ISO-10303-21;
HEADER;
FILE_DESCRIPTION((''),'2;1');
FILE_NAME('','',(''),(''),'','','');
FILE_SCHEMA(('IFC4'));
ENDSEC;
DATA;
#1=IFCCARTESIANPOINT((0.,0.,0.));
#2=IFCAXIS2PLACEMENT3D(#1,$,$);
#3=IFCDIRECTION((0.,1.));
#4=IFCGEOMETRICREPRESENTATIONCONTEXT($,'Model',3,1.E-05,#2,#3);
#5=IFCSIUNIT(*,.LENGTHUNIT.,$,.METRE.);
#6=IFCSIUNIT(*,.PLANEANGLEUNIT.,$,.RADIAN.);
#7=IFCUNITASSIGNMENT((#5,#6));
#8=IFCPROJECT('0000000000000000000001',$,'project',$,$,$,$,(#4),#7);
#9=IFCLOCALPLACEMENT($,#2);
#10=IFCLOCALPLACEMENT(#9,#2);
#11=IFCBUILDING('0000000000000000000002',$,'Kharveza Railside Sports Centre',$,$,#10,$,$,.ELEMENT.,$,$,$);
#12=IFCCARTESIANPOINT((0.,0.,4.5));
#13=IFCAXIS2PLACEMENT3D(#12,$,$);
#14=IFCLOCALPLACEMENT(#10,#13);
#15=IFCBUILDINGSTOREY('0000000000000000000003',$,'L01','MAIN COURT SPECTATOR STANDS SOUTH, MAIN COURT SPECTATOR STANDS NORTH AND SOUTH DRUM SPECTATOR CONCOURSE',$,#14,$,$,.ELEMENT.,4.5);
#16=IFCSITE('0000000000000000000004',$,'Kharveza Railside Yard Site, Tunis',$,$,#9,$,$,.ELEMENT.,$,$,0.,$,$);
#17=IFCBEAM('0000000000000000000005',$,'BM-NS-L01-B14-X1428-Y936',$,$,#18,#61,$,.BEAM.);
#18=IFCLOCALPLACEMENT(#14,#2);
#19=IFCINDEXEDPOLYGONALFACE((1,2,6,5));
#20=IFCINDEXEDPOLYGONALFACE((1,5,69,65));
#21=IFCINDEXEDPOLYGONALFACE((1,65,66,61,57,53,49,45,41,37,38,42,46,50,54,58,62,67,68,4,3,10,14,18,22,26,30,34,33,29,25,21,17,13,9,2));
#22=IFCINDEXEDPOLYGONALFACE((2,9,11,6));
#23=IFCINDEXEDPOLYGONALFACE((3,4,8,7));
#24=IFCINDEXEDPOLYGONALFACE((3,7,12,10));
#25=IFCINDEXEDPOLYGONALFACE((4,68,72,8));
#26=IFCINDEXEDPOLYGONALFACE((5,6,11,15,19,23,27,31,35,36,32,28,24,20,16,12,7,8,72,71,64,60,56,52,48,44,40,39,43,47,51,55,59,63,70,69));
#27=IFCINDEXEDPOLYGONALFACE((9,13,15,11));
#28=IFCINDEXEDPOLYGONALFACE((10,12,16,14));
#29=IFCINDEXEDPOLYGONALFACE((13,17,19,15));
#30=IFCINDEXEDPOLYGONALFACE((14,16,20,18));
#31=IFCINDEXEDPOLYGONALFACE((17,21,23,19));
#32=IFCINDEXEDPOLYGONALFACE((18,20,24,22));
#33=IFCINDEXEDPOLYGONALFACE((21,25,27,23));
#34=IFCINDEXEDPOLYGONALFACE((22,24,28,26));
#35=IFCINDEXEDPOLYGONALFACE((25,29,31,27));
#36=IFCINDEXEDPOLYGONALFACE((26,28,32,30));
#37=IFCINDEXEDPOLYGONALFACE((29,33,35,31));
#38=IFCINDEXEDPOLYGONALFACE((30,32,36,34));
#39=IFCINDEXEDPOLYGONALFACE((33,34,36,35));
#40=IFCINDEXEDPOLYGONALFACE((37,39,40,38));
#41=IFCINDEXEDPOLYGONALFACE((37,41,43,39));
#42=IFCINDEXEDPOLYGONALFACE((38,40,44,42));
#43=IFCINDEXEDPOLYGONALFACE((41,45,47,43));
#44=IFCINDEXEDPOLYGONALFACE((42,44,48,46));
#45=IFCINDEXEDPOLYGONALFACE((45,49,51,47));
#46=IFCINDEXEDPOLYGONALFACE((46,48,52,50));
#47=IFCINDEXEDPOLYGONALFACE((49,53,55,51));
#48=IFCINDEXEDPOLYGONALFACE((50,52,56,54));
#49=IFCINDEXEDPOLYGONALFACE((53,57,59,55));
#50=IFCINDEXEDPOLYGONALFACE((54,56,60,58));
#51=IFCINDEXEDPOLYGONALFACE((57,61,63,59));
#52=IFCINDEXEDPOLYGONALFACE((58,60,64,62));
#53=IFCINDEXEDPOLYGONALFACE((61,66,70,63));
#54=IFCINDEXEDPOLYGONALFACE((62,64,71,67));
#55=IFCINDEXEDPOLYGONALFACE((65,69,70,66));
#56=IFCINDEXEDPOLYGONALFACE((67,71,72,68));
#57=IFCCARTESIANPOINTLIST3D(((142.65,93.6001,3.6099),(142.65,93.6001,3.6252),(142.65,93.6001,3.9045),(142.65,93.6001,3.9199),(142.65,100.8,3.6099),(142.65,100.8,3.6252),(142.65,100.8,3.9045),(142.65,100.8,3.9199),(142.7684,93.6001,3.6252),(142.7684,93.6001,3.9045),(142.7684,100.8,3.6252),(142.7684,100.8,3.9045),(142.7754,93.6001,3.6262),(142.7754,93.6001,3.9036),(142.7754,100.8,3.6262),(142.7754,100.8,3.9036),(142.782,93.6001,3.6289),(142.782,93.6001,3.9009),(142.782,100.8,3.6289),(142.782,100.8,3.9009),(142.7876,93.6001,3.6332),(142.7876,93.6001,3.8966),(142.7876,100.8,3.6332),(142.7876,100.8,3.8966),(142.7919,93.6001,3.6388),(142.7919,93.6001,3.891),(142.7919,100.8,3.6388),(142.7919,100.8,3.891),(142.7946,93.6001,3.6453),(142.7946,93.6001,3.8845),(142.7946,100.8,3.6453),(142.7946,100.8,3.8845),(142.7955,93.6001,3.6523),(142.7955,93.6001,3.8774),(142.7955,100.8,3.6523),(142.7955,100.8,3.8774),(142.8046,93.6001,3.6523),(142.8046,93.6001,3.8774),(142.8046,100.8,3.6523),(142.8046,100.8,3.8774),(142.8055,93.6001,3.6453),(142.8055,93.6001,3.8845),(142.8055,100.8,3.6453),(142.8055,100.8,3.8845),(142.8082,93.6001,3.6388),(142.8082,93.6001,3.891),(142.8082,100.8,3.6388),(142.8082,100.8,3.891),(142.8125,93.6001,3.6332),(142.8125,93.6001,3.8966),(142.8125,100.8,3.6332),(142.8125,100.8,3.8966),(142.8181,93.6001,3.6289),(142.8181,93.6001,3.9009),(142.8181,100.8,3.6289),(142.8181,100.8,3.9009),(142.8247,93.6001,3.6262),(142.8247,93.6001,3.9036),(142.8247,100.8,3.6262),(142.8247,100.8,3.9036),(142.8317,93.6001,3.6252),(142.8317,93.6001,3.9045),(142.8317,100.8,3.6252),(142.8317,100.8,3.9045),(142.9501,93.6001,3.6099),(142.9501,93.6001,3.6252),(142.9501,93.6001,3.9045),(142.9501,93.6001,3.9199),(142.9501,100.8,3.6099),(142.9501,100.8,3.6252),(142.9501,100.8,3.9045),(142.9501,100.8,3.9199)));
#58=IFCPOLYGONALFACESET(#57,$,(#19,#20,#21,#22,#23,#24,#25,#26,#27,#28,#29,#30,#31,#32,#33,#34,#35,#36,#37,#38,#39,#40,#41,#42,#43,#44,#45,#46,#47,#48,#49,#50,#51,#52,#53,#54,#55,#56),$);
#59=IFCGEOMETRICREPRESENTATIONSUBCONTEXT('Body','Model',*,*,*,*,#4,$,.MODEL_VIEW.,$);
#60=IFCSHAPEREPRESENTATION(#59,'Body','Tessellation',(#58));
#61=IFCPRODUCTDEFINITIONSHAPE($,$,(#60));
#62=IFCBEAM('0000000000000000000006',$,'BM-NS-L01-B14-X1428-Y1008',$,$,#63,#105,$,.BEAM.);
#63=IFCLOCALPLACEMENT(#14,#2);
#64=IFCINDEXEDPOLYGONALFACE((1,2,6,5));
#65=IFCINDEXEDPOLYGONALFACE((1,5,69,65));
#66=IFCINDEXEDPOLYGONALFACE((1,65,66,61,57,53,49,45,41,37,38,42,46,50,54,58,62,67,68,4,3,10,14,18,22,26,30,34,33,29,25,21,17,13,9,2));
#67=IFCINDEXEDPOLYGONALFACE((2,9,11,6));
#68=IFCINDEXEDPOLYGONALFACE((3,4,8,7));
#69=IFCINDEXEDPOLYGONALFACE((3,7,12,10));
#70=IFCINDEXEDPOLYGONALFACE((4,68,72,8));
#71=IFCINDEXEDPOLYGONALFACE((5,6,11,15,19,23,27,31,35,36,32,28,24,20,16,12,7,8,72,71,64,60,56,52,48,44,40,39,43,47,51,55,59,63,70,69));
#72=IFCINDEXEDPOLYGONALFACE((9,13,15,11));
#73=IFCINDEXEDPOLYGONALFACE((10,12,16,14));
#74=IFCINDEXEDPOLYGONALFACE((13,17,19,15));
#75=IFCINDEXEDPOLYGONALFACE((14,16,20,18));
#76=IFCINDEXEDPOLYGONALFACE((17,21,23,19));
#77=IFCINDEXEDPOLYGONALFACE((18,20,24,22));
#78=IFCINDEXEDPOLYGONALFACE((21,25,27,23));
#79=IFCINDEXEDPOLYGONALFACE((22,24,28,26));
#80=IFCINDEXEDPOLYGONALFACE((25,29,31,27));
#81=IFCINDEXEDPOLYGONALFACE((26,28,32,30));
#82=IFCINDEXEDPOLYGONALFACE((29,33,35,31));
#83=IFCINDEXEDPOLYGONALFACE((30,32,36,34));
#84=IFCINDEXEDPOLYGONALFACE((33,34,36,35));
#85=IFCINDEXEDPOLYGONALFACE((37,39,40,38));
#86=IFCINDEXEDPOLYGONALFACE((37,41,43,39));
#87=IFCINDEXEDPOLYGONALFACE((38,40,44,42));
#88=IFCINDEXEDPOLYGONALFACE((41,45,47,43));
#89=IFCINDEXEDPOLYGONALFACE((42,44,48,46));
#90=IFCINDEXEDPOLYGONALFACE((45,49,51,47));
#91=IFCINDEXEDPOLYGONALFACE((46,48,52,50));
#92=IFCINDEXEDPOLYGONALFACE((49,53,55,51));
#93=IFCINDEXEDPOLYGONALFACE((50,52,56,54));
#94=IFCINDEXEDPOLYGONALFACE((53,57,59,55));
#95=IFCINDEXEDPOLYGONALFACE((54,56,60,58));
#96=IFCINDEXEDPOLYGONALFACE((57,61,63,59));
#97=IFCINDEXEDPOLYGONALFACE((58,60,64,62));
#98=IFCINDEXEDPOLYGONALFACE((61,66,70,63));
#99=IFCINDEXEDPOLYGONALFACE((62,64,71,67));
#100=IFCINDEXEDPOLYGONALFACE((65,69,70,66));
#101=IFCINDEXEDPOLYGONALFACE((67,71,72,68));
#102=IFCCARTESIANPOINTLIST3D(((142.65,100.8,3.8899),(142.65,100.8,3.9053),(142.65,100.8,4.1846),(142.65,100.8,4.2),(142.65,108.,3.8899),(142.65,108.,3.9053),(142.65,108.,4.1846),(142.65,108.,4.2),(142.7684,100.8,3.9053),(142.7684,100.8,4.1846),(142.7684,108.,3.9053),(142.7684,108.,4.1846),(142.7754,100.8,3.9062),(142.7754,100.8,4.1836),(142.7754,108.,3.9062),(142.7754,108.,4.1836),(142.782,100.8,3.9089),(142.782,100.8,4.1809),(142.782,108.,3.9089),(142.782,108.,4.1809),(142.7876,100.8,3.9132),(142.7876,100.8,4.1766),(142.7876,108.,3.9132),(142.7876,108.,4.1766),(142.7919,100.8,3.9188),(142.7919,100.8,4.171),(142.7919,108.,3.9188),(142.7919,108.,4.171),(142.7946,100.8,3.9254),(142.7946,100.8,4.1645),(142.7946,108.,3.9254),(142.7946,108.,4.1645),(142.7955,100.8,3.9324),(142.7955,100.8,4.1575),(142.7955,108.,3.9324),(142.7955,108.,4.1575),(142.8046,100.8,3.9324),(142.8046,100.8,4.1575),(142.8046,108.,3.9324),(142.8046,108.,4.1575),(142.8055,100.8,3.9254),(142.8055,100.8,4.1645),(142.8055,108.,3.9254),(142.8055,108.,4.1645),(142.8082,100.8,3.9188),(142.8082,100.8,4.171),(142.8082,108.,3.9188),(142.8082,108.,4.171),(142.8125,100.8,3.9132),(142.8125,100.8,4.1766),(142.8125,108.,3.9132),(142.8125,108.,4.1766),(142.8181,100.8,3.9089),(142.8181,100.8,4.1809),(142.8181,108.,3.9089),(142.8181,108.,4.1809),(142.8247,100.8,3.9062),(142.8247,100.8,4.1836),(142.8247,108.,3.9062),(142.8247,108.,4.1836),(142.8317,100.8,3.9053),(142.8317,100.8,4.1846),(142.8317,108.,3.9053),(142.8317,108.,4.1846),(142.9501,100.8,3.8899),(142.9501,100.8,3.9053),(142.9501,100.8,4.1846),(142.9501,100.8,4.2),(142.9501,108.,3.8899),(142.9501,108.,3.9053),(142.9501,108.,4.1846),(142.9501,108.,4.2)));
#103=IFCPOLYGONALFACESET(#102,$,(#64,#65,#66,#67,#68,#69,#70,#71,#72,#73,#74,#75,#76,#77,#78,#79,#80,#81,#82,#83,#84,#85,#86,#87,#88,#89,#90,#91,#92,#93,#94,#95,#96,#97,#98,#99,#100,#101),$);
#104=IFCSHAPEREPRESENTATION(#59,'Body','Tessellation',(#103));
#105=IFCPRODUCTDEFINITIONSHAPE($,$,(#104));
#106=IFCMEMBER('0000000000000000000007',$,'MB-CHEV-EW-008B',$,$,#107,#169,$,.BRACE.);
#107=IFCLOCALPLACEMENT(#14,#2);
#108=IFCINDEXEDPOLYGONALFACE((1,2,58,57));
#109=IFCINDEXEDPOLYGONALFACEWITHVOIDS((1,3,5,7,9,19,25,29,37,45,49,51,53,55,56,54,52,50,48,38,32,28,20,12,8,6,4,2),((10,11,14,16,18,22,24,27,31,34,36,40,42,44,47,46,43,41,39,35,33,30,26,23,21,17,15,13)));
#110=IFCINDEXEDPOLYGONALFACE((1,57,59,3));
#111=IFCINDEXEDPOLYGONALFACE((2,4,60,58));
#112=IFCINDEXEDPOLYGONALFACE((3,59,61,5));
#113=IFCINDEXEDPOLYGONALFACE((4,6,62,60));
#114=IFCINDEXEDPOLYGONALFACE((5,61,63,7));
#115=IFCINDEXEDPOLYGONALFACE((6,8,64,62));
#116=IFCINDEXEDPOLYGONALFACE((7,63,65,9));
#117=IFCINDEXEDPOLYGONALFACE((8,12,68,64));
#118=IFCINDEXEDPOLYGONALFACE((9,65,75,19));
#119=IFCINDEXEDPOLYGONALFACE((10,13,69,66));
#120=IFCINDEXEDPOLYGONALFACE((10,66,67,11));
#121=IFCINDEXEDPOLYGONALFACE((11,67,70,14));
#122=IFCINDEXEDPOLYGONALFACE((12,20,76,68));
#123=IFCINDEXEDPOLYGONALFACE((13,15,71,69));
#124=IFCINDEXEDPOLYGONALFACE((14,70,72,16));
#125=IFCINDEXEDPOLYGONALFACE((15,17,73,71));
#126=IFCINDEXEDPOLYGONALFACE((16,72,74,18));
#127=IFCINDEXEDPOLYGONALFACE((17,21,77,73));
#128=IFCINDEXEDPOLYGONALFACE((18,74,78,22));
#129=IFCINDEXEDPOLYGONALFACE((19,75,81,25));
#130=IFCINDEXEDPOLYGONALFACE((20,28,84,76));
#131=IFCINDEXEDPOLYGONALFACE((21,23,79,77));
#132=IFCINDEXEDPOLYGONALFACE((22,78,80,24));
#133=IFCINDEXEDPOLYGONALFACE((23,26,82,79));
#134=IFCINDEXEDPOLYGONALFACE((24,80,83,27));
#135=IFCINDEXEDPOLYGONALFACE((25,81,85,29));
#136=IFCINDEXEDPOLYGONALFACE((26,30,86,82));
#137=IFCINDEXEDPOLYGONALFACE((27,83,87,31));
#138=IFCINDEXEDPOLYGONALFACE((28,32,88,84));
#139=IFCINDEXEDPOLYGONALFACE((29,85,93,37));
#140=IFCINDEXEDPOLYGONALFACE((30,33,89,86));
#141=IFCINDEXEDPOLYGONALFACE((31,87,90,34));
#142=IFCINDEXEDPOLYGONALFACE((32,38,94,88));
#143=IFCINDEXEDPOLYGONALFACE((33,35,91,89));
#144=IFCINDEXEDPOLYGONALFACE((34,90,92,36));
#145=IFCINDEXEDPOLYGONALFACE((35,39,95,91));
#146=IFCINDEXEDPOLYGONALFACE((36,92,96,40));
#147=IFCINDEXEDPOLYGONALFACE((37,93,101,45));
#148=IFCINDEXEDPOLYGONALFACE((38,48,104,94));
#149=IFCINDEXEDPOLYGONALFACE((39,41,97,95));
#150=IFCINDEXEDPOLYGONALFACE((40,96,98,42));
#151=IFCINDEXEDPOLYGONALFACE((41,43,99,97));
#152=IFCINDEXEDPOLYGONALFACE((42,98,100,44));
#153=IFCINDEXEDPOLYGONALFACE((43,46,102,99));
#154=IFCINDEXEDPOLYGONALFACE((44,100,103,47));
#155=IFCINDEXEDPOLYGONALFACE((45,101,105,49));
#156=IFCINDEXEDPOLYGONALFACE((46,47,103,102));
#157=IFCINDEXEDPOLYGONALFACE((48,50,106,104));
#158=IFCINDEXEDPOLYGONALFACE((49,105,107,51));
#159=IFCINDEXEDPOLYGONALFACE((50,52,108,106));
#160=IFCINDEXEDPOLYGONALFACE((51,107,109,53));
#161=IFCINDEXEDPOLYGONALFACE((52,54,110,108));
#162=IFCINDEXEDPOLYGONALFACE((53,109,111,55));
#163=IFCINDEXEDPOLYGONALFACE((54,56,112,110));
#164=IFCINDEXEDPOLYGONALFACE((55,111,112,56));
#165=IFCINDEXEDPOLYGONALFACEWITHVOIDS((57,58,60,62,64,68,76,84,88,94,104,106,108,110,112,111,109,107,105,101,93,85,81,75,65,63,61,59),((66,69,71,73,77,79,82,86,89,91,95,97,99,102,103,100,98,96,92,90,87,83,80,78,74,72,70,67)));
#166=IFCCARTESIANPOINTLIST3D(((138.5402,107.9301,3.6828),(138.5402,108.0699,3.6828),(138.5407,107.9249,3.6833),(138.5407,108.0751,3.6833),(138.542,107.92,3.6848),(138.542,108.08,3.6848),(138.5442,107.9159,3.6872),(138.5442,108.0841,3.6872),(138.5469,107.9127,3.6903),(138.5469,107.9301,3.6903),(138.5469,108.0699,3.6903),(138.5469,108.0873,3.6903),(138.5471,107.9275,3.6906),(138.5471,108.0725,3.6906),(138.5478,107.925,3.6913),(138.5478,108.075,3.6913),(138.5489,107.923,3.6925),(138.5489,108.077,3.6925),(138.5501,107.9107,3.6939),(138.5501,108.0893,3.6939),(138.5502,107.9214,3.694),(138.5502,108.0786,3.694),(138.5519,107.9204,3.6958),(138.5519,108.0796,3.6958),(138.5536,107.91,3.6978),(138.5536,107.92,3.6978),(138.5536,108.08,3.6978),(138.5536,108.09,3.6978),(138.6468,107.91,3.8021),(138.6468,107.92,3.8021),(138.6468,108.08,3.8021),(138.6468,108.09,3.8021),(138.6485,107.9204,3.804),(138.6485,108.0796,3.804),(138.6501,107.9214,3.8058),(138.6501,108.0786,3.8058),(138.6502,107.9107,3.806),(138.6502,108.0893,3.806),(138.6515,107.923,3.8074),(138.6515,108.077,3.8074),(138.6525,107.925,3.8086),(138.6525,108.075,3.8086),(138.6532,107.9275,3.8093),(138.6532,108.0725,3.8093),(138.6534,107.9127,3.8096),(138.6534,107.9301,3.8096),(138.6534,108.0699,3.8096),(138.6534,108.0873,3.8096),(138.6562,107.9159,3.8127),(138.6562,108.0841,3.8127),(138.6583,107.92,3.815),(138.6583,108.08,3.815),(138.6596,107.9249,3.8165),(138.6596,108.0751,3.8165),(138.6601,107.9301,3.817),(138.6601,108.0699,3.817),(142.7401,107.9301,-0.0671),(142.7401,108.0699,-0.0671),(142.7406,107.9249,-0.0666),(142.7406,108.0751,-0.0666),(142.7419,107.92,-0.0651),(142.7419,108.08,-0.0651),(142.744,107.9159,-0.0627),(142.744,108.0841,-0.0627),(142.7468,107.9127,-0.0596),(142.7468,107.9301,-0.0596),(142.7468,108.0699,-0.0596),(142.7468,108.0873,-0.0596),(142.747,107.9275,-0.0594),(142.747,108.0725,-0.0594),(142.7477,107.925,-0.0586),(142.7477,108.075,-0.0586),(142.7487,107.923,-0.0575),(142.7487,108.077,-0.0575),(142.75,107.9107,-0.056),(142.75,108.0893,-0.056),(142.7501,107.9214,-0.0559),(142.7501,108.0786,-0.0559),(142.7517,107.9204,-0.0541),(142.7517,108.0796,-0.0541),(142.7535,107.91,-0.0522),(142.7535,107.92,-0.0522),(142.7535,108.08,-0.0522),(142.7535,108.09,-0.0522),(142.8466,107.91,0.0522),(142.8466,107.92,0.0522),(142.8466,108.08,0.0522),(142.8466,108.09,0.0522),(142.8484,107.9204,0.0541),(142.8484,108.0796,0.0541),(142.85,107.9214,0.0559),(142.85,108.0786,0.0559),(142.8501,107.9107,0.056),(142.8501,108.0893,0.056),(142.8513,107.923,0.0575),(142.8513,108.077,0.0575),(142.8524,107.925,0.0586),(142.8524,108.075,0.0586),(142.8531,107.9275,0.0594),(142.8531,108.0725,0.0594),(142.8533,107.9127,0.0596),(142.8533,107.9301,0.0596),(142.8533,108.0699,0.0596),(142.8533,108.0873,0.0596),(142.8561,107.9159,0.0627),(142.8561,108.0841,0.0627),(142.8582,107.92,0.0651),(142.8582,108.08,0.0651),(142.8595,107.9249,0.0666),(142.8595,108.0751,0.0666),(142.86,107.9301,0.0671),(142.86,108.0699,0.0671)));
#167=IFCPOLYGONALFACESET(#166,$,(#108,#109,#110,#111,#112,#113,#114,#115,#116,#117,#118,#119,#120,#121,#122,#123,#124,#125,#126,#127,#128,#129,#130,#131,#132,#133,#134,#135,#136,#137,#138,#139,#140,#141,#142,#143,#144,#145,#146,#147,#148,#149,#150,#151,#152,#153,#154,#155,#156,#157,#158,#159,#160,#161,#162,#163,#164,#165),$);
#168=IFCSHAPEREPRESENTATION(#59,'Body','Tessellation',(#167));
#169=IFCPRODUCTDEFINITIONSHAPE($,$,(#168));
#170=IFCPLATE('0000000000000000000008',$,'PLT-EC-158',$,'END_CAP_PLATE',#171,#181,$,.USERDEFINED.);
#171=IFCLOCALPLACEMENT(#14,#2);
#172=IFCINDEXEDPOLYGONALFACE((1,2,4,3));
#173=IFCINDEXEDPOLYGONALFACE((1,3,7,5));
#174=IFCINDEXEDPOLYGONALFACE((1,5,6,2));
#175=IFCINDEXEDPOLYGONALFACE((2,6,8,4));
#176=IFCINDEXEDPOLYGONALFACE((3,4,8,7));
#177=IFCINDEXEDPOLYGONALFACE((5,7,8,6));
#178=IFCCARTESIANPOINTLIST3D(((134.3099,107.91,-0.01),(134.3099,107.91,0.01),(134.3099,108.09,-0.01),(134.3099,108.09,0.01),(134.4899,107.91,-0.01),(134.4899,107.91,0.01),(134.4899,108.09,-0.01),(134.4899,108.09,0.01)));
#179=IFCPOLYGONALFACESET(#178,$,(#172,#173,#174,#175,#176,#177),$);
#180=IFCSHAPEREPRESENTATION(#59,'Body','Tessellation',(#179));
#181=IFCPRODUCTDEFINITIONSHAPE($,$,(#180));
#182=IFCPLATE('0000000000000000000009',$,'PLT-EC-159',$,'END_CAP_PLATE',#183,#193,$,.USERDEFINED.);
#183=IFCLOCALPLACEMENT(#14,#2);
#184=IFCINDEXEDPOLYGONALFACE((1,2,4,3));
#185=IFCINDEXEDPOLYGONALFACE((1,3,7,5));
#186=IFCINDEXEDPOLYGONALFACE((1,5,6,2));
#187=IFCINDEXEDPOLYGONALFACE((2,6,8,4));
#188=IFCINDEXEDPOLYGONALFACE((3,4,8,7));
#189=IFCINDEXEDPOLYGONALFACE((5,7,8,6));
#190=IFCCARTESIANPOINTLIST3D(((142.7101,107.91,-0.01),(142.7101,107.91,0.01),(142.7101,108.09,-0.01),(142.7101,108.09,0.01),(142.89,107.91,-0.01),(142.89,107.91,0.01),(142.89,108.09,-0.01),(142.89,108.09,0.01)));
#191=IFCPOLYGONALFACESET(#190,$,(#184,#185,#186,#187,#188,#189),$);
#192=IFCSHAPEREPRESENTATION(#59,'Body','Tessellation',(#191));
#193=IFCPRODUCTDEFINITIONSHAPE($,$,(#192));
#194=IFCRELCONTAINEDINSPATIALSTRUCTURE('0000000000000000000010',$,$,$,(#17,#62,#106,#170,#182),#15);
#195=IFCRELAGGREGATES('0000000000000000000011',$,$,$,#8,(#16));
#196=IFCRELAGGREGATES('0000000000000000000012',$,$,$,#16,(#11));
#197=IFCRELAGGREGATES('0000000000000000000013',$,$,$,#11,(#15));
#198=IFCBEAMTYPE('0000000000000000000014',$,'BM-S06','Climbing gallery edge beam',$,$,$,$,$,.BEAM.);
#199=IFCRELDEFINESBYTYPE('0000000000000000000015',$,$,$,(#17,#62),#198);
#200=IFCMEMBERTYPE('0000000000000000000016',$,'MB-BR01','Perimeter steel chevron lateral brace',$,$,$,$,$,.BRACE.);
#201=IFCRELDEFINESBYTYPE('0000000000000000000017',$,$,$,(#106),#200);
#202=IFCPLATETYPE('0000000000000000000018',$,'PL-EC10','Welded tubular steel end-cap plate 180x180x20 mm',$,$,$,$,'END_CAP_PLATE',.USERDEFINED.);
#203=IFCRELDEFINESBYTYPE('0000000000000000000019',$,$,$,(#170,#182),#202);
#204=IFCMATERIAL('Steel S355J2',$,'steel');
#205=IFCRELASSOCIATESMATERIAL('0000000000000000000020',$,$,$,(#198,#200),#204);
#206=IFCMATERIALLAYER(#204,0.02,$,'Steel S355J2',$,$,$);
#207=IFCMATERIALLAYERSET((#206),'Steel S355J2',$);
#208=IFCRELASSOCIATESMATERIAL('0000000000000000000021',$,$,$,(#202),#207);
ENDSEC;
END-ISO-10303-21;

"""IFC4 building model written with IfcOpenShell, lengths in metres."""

from ifc_helpers import new_model, si_unit, direction, frame, origin, origin_2d, place, context, subcontext, project, spatial, rectangle, hollow_rectangle, i_section, extrude, material, layer, layer_set, material_profile, profile_set, type_object, element, save


model = new_model("IFC4")

# Units and contexts
model_context = context("Model", 3, precision=1e-05, world=origin(), true_north=direction((0.0, 1.0)))
body_context = subcontext(model_context, "Body", "Model", "MODEL_VIEW")
ifc_project = project(units=[si_unit("LENGTHUNIT", "METRE"), si_unit("PLANEANGLEUNIT", "RADIAN")], contexts=[model_context])

# Site, building, storey
site_placement = place(None, origin())
site = spatial("IfcSite", under=ifc_project, at=site_placement, Name="Kharveza Railside Yard Site, Tunis", CompositionType="ELEMENT", RefElevation=0.0)
building_placement = place(site_placement, origin())
building = spatial("IfcBuilding", under=site, at=building_placement, Name="Kharveza Railside Sports Centre", CompositionType="ELEMENT")
storey_placement = place(building_placement, frame((0.0, 0.0, 4.5)))
storey = spatial("IfcBuildingStorey", under=building, at=storey_placement, Name="L01", Description="MAIN COURT SPECTATOR STANDS SOUTH, MAIN COURT SPECTATOR STANDS NORTH AND SOUTH DRUM SPECTATOR CONCOURSE", CompositionType="ELEMENT", Elevation=4.5)

# Shared definitions
ifc_material_1 = material(Name="Steel S355J2", Category="steel")

# Beams
ifc_material_profile_1 = material_profile(ifc_material_1, i_section(OverallWidth=0.3, OverallDepth=0.3101, WebThickness=0.009, FlangeThickness=0.0154, FilletRadius=0.0271, at=origin_2d()), Name="HEA 320")
ifc_profile_set_1 = profile_set([ifc_material_profile_1], Name="Steel S355J2")
beam_type_1 = type_object("IfcBeamType", Name="BM-S06", Description="Climbing gallery edge beam", PredefinedType="BEAM", material=ifc_profile_set_1)
for number, where, z_axis, x_axis, name in (
    (1, (142.8, 93.6001, 3.7649), (0.0, 1.0, 0.0), (-1.0, 0.0, 0.0), "BM-NS-L01-B14-X1428-Y936"),
    (2, (142.8, 100.8, 4.0449), (0.0, 1.0, 0.0), (-1.0, 0.0, 0.0), "BM-NS-L01-B14-X1428-Y1008"),
):
    element("IfcBeam", number, at=place(storey_placement, frame(where, z_axis=z_axis, x_axis=x_axis)), inside=storey, type_object=beam_type_1, Name=name, PredefinedType="BEAM", context=body_context, shape_type="SweptSolid", body=[
        extrude(i_section(OverallWidth=0.3, OverallDepth=0.3101, WebThickness=0.009, FlangeThickness=0.0154, FilletRadius=0.0271, at=origin_2d()), origin(), (0.0, 0.0, 1.0), 7.2),
    ])

# Member
ifc_material_profile_2 = material_profile(ifc_material_1, hollow_rectangle(XDim=0.1799, YDim=0.1799, WallThickness=0.01, InnerFilletRadius=0.01, OuterFilletRadius=0.02, at=origin_2d()), Name="SHS 180x180x10.0")
ifc_profile_set_2 = profile_set([ifc_material_profile_2], Name="Steel S355J2")
member_type = type_object("IfcMemberType", Name="MB-BR01", Description="Perimeter steel chevron lateral brace", PredefinedType="BRACE", material=ifc_profile_set_2)
member_placement = place(storey_placement, frame((142.8, 108.0, 0.0), z_axis=(-0.745934, 0.0, 0.66602), x_axis=(0.0, -1.0, 0.0)))
element("IfcMember", 3, at=member_placement, inside=storey, type_object=member_type, Name="MB-CHEV-EW-008B", PredefinedType="BRACE", context=body_context, shape_type="SweptSolid", body=[
    extrude(hollow_rectangle(XDim=0.1799, YDim=0.1799, WallThickness=0.01, InnerFilletRadius=0.01, OuterFilletRadius=0.02, at=origin_2d()), origin(), (0.0, 0.0, 1.0), 5.6304),
])

# Plates
ifc_layer_1 = layer(ifc_material_1, 0.02, Name="Steel S355J2")
ifc_layer_set_1 = layer_set([ifc_layer_1], Name="Steel S355J2")
plate_type_1 = type_object("IfcPlateType", Name="PL-EC10", Description="Welded tubular steel end-cap plate 180x180x20 mm", ElementType="END_CAP_PLATE", PredefinedType="USERDEFINED", material=ifc_layer_set_1)
for number, where, z_axis, x_axis, name in (
    (4, (134.3999, 108.0, -0.01), (0.0, 0.0, 1.0), (1.0, 0.0, 0.0), "PLT-EC-158"),
    (5, (142.8, 108.0, -0.01), (0.0, 0.0, 1.0), (1.0, 0.0, 0.0), "PLT-EC-159"),
):
    element("IfcPlate", number, at=place(storey_placement, frame(where, z_axis=z_axis, x_axis=x_axis)), inside=storey, type_object=plate_type_1, Name=name, ObjectType="END_CAP_PLATE", PredefinedType="USERDEFINED", context=body_context, shape_type="SweptSolid", body=[
        extrude(rectangle(XDim=0.1799, YDim=0.1799, at=origin_2d()), origin(), (0.0, 0.0, 1.0), 0.02),
    ])

save(model, "model.ifc")
